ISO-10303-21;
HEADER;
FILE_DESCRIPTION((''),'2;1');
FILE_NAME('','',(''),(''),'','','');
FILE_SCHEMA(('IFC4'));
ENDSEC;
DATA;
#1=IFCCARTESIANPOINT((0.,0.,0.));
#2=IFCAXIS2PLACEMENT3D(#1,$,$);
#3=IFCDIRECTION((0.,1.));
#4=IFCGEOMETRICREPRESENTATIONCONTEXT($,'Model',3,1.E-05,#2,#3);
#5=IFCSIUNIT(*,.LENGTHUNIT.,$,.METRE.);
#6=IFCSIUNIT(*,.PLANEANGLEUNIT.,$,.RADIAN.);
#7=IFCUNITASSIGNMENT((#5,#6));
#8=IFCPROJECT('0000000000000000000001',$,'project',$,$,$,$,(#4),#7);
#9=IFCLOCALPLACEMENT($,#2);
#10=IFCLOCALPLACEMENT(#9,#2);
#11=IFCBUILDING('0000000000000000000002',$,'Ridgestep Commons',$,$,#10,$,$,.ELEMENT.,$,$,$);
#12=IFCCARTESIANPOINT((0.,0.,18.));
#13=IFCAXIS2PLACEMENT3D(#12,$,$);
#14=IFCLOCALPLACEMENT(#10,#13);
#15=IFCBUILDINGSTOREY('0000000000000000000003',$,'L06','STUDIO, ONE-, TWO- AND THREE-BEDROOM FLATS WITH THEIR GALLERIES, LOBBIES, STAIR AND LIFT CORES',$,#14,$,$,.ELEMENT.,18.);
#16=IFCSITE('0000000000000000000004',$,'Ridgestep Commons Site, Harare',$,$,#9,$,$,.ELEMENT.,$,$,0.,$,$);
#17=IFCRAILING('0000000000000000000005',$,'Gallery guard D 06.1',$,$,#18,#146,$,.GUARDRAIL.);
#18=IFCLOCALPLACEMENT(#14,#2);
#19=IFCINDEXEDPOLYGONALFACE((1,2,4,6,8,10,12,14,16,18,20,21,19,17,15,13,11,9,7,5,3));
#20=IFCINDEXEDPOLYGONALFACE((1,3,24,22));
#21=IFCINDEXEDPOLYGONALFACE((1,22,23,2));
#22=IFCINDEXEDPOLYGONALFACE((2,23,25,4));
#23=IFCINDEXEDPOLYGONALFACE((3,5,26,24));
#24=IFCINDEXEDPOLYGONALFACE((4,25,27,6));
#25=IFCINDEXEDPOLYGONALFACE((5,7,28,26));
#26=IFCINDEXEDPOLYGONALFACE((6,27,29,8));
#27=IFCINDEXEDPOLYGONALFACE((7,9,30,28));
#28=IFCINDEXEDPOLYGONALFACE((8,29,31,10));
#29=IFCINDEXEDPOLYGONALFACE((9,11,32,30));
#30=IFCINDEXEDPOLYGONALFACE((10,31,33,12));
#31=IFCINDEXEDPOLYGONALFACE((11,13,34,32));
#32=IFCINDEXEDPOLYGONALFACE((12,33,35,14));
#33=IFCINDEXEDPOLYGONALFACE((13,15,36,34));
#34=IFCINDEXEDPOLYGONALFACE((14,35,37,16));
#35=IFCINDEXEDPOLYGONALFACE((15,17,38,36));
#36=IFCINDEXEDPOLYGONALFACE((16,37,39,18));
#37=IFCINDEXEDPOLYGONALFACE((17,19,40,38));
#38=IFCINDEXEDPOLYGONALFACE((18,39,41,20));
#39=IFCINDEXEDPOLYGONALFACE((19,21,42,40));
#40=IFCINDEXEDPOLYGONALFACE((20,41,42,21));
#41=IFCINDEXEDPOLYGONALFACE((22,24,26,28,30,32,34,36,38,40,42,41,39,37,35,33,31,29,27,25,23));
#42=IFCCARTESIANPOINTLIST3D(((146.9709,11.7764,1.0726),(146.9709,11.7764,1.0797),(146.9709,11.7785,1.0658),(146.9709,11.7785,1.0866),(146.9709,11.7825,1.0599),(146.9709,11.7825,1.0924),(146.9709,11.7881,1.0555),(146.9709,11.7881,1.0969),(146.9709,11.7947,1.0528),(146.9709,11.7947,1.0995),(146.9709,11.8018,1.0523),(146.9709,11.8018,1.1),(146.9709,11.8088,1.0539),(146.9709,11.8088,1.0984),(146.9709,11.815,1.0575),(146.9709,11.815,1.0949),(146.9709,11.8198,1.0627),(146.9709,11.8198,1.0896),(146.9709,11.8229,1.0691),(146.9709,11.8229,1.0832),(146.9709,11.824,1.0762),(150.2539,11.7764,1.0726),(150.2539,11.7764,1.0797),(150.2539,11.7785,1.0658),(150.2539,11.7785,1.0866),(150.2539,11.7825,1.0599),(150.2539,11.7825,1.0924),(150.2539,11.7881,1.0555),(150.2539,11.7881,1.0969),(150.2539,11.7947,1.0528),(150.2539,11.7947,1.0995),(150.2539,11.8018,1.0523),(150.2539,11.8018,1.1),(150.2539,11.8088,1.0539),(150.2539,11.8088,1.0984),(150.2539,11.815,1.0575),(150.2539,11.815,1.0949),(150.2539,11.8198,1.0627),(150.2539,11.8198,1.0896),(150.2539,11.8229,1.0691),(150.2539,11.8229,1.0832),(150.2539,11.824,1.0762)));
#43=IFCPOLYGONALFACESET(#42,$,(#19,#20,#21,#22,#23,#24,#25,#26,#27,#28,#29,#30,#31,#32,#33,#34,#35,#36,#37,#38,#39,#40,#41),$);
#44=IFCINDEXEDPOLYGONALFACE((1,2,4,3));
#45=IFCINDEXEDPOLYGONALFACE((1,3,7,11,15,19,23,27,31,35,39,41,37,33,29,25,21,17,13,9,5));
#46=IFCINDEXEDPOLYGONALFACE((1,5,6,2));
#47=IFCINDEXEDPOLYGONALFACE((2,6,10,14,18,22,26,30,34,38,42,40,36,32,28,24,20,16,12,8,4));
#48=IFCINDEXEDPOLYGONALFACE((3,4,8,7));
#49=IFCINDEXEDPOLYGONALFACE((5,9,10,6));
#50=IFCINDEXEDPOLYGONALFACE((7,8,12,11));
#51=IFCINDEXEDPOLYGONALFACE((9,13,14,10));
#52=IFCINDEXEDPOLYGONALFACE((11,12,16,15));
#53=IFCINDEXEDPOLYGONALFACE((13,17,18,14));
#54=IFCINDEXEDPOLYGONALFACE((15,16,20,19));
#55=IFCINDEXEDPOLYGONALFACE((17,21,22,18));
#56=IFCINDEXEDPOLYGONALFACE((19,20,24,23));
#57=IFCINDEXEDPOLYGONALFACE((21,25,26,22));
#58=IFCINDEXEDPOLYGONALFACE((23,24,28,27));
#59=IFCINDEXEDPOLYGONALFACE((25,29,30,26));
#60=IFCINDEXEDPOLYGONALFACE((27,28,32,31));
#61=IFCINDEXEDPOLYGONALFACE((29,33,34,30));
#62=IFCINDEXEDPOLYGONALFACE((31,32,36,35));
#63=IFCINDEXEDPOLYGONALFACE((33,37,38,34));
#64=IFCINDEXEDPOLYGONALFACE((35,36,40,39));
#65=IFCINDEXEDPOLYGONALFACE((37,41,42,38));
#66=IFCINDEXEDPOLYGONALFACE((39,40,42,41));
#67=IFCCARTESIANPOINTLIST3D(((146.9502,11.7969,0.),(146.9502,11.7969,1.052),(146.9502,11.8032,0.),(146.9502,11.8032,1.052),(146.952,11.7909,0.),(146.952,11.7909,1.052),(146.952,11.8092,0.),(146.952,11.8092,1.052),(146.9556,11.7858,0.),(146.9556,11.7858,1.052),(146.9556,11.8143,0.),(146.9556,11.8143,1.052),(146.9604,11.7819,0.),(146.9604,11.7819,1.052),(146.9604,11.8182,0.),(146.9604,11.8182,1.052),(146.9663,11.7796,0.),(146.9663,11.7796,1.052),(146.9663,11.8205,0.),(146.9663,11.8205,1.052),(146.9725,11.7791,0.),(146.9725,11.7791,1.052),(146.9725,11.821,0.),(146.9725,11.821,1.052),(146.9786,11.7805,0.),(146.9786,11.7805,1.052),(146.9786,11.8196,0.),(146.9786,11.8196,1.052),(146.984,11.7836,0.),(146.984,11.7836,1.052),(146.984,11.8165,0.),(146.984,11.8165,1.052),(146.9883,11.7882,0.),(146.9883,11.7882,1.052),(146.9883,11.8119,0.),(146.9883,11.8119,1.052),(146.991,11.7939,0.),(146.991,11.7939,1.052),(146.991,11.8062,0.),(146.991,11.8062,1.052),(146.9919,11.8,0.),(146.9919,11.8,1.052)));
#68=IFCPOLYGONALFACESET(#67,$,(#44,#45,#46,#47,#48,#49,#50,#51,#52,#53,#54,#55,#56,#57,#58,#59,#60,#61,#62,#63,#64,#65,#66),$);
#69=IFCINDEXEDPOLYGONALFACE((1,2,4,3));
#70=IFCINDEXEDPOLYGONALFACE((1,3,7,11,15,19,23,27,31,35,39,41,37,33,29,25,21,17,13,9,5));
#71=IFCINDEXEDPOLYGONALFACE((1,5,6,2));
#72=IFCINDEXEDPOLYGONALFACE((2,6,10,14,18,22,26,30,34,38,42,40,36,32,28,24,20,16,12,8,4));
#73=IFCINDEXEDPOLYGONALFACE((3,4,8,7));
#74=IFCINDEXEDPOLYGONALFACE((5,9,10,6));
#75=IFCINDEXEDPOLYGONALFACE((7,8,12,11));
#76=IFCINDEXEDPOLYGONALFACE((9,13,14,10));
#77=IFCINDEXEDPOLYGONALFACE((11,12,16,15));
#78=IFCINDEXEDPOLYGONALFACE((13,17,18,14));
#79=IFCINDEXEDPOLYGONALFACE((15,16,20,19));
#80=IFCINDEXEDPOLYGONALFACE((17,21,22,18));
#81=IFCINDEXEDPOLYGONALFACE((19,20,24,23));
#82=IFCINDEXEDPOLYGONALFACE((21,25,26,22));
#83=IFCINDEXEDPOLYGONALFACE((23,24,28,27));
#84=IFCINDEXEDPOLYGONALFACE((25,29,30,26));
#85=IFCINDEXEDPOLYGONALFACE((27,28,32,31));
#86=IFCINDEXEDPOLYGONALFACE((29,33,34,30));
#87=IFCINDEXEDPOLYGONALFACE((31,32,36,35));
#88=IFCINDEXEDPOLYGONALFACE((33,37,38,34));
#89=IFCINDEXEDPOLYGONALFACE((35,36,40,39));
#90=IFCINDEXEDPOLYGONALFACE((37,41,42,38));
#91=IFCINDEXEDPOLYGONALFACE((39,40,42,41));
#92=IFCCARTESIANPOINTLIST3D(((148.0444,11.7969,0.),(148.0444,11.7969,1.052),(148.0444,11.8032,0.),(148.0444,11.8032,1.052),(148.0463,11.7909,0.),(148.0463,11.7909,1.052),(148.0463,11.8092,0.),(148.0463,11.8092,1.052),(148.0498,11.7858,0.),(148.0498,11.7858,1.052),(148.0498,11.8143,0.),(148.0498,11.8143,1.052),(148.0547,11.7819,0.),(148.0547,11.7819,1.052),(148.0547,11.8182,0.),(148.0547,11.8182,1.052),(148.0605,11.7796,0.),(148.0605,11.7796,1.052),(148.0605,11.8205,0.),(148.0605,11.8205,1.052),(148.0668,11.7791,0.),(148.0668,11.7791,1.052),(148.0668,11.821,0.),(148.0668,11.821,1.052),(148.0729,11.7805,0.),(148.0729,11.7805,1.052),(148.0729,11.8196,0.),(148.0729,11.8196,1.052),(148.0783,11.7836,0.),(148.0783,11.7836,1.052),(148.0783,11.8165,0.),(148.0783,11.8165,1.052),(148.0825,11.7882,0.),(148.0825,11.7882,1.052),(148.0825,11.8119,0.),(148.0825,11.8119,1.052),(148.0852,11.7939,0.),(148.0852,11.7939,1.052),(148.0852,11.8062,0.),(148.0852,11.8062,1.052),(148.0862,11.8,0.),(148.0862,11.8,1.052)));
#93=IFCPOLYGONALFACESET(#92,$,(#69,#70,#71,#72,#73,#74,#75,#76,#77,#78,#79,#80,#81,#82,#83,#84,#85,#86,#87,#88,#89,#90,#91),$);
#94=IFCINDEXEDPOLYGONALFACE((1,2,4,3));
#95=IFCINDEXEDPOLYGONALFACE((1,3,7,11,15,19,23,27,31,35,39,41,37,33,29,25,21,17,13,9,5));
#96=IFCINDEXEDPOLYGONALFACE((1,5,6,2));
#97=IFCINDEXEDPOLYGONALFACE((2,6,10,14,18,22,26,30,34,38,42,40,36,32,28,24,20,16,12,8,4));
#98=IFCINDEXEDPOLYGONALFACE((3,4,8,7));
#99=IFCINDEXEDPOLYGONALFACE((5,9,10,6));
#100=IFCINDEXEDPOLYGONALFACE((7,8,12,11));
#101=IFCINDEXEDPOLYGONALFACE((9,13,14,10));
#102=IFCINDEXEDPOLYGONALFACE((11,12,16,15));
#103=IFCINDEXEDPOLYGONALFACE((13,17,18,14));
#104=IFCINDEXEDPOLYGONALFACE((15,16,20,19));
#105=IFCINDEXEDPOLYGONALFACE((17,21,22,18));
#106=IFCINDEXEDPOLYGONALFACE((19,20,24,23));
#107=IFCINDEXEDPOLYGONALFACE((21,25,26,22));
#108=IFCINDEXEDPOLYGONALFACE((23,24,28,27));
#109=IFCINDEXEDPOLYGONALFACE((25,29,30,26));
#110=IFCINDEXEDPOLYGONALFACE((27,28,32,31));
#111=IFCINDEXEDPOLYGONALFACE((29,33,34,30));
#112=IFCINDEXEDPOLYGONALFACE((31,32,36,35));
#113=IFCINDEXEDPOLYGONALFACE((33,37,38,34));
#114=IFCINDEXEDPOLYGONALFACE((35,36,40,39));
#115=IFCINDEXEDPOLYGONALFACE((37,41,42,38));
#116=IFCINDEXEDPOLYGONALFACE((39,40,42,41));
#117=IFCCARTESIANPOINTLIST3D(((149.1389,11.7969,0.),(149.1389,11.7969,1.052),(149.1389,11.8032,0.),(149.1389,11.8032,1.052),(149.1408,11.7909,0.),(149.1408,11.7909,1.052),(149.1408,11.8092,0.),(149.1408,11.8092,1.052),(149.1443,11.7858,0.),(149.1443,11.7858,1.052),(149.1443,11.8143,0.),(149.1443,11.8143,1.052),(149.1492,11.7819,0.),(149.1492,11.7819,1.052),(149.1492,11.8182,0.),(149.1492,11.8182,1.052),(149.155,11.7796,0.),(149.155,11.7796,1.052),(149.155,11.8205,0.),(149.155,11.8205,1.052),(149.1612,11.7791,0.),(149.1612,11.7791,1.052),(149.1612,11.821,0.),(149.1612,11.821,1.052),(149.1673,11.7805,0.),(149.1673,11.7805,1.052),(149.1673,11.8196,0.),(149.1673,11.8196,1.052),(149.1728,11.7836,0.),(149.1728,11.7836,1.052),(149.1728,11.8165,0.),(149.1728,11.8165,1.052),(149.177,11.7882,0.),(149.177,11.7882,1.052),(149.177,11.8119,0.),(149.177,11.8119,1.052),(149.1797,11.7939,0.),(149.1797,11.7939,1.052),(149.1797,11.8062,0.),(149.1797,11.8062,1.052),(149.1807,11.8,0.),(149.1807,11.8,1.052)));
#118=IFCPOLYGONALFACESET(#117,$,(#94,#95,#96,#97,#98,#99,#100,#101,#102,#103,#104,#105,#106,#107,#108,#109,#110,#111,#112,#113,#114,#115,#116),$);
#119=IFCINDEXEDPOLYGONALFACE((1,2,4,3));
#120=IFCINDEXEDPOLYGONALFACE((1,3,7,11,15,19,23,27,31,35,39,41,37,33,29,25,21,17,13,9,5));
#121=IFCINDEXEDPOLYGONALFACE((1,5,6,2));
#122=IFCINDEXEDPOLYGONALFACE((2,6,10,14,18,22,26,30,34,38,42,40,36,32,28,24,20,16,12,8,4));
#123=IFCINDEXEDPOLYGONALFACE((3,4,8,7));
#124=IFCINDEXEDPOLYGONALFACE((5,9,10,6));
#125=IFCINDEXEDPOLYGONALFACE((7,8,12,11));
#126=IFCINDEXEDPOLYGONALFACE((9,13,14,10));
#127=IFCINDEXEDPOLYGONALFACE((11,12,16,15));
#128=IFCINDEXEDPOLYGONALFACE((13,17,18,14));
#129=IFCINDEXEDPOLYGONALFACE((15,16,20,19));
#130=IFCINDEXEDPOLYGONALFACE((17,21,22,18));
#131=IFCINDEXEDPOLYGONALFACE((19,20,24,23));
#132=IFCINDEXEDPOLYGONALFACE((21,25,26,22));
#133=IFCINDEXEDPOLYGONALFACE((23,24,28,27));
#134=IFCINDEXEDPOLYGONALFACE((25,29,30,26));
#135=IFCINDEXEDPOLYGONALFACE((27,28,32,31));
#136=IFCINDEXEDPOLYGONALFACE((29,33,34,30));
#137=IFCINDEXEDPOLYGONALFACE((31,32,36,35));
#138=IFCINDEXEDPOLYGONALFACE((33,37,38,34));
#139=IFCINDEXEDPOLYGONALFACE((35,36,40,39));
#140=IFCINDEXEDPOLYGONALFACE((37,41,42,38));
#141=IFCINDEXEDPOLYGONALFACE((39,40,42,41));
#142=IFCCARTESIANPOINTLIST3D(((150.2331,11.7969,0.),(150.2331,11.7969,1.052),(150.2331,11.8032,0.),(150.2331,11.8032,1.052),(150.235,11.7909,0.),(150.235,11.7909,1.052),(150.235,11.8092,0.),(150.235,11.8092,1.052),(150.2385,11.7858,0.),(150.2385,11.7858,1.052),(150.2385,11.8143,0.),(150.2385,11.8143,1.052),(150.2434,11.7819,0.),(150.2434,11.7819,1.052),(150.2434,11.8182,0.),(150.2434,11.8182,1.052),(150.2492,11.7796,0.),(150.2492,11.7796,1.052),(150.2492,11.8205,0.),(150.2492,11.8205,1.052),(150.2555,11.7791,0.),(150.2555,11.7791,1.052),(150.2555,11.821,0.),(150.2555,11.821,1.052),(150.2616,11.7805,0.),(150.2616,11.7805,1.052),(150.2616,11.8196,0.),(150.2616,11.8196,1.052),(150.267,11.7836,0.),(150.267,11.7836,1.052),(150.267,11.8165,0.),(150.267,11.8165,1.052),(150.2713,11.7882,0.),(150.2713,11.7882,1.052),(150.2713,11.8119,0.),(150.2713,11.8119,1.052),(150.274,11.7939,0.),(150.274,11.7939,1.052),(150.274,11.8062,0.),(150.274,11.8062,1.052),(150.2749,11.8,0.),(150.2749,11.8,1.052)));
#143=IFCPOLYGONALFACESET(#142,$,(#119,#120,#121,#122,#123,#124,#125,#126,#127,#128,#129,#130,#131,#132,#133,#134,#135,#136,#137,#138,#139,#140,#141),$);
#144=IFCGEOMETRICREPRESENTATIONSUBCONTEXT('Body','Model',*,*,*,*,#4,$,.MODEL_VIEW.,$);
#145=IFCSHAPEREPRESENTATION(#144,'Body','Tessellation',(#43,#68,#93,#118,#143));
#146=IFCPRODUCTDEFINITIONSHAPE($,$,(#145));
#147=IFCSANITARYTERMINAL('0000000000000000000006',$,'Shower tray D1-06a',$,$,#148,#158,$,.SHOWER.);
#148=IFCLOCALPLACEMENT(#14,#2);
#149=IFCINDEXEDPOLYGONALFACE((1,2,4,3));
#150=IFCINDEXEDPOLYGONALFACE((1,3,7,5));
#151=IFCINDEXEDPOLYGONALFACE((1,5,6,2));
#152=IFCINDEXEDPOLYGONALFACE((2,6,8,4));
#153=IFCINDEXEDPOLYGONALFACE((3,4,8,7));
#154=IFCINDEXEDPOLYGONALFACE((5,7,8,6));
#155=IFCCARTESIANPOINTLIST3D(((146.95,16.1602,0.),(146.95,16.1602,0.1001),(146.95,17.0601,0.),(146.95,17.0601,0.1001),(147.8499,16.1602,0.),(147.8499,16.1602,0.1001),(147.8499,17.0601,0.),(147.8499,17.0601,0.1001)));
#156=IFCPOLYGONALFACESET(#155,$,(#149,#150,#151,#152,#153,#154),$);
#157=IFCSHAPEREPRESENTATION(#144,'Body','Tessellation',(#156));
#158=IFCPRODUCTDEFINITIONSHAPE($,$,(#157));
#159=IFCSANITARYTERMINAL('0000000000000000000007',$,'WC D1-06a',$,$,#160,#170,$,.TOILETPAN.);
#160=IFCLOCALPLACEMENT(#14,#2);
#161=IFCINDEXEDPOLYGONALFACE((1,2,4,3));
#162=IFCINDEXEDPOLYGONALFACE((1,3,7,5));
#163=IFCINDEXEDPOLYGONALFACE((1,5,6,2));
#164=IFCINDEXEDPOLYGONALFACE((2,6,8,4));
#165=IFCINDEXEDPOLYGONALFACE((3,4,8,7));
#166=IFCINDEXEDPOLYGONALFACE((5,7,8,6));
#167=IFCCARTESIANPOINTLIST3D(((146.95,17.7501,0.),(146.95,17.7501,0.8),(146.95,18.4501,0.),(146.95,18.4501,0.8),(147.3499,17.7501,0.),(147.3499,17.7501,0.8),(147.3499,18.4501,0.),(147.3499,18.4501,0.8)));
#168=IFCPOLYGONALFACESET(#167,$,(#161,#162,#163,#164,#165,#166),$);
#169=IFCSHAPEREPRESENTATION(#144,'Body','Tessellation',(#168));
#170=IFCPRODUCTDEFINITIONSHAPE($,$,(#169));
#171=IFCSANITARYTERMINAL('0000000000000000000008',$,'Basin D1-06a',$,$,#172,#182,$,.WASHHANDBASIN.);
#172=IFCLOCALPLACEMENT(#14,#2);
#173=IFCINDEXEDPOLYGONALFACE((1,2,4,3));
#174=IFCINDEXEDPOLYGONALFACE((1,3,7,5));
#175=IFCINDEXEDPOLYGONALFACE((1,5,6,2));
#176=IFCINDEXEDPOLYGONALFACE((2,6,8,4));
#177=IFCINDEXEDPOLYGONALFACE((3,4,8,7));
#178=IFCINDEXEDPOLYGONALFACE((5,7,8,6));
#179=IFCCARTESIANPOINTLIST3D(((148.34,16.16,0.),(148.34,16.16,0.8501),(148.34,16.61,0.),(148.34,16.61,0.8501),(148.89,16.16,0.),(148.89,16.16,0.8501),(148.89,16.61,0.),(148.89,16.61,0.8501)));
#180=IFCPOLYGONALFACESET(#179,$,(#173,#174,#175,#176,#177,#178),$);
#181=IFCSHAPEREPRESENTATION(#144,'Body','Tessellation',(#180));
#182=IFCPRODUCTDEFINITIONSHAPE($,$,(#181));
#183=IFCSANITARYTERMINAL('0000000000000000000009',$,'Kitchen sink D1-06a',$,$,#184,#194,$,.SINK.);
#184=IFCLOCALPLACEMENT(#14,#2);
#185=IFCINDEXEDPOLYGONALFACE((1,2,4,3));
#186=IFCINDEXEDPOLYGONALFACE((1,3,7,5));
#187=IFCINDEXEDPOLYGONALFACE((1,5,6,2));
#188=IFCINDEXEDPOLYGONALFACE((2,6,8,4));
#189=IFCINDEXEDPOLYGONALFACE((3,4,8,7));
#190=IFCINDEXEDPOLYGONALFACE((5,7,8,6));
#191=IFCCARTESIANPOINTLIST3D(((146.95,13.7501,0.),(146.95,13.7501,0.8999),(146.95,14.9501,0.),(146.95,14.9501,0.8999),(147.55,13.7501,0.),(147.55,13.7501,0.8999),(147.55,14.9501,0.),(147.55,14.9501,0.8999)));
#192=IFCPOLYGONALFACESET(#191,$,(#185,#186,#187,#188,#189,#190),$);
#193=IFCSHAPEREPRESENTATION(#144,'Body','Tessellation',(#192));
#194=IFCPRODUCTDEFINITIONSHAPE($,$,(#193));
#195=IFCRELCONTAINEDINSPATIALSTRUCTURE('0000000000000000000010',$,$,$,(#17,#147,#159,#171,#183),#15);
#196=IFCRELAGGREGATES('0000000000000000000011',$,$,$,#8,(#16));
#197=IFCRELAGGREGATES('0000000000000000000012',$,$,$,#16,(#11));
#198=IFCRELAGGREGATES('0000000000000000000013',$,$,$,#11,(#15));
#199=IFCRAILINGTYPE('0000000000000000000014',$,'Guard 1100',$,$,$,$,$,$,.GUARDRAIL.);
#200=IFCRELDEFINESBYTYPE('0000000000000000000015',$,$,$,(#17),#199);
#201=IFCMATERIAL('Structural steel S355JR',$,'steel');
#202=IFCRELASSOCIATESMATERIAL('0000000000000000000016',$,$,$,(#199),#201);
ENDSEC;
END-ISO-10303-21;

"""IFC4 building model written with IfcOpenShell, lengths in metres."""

from ifc_helpers import new_model, si_unit, direction, frame, origin, origin_2d, place, context, subcontext, project, spatial, rectangle, circle, extrude, material, type_object, element, save


model = new_model("IFC4")

# Units and contexts
model_context = context("Model", 3, precision=1e-05, world=origin(), true_north=direction((0.0, 1.0)))
body_context = subcontext(model_context, "Body", "Model", "MODEL_VIEW")
ifc_project = project(units=[si_unit("LENGTHUNIT", "METRE"), si_unit("PLANEANGLEUNIT", "RADIAN")], contexts=[model_context])

# Site, building, storey
site_placement = place(None, origin())
site = spatial("IfcSite", under=ifc_project, at=site_placement, Name="Ridgestep Commons Site, Harare", CompositionType="ELEMENT", RefElevation=0.0)
building_placement = place(site_placement, origin())
building = spatial("IfcBuilding", under=site, at=building_placement, Name="Ridgestep Commons", CompositionType="ELEMENT")
storey_placement = place(building_placement, frame((0.0, 0.0, 18.0)))
storey = spatial("IfcBuildingStorey", under=building, at=storey_placement, Name="L06", Description="STUDIO, ONE-, TWO- AND THREE-BEDROOM FLATS WITH THEIR GALLERIES, LOBBIES, STAIR AND LIFT CORES", CompositionType="ELEMENT", Elevation=18.0)

# Railing
ifc_material_1 = material(Name="Structural steel S355JR", Category="steel")
railing_type = type_object("IfcRailingType", Name="Guard 1100", PredefinedType="GUARDRAIL", material=ifc_material_1)
railing_placement = place(storey_placement, frame((146.9709, 11.8, 0.0)))
element("IfcRailing", 1, at=railing_placement, inside=storey, type_object=railing_type, Name="Gallery guard D 06.1", PredefinedType="GUARDRAIL", context=body_context, shape_type="SweptSolid", body=[
    extrude(circle(Radius=0.0239, at=origin_2d()), frame((0.0, 0.0, 1.0762), z_axis=(1.0, 0.0, 0.0), x_axis=(0.0, 1.0, 0.0)), (0.0, 0.0, 1.0), 3.283),
    extrude(circle(Radius=0.021, at=origin_2d()), origin(), (0.0, 0.0, 1.0), 1.052),
    extrude(circle(Radius=0.021, at=origin_2d()), frame((1.0942, 0.0, 0.0)), (0.0, 0.0, 1.0), 1.052),
    extrude(circle(Radius=0.021, at=origin_2d()), frame((2.1887, 0.0, 0.0)), (0.0, 0.0, 1.0), 1.052),
    extrude(circle(Radius=0.021, at=origin_2d()), frame((3.283, 0.0, 0.0)), (0.0, 0.0, 1.0), 1.052),
])

# Sanitary terminals
sanitary_terminal_1_placement = place(storey_placement, frame((147.3999, 16.6101, 0.0), z_axis=(0.0, 0.0, 1.0), x_axis=(1.0, 0.0, 0.0)))
element("IfcSanitaryTerminal", 2, at=sanitary_terminal_1_placement, inside=storey, Name="Shower tray D1-06a", PredefinedType="SHOWER", context=body_context, shape_type="SweptSolid", body=[
    extrude(rectangle(XDim=0.8999, YDim=0.8999, at=origin_2d()), origin(), (0.0, 0.0, 1.0), 0.1001),
])
sanitary_terminal_2_placement = place(storey_placement, frame((147.1499, 18.1001, 0.0), z_axis=(0.0, 0.0, 1.0), x_axis=(1.0, 0.0, 0.0)))
element("IfcSanitaryTerminal", 3, at=sanitary_terminal_2_placement, inside=storey, Name="WC D1-06a", PredefinedType="TOILETPAN", context=body_context, shape_type="SweptSolid", body=[
    extrude(rectangle(XDim=0.3999, YDim=0.7, at=origin_2d()), origin(), (0.0, 0.0, 1.0), 0.8),
])
sanitary_terminal_3_placement = place(storey_placement, frame((148.615, 16.385, 0.0), z_axis=(0.0, 0.0, 1.0), x_axis=(1.0, 0.0, 0.0)))
element("IfcSanitaryTerminal", 4, at=sanitary_terminal_3_placement, inside=storey, Name="Basin D1-06a", PredefinedType="WASHHANDBASIN", context=body_context, shape_type="SweptSolid", body=[
    extrude(rectangle(XDim=0.55, YDim=0.45, at=origin_2d()), origin(), (0.0, 0.0, 1.0), 0.8501),
])
sanitary_terminal_4_placement = place(storey_placement, frame((147.25, 14.3501, 0.0), z_axis=(0.0, 0.0, 1.0), x_axis=(1.0, 0.0, 0.0)))
element("IfcSanitaryTerminal", 5, at=sanitary_terminal_4_placement, inside=storey, Name="Kitchen sink D1-06a", PredefinedType="SINK", context=body_context, shape_type="SweptSolid", body=[
    extrude(rectangle(XDim=0.6001, YDim=1.2, at=origin_2d()), origin(), (0.0, 0.0, 1.0), 0.8999),
])

save(model, "model.ifc")
